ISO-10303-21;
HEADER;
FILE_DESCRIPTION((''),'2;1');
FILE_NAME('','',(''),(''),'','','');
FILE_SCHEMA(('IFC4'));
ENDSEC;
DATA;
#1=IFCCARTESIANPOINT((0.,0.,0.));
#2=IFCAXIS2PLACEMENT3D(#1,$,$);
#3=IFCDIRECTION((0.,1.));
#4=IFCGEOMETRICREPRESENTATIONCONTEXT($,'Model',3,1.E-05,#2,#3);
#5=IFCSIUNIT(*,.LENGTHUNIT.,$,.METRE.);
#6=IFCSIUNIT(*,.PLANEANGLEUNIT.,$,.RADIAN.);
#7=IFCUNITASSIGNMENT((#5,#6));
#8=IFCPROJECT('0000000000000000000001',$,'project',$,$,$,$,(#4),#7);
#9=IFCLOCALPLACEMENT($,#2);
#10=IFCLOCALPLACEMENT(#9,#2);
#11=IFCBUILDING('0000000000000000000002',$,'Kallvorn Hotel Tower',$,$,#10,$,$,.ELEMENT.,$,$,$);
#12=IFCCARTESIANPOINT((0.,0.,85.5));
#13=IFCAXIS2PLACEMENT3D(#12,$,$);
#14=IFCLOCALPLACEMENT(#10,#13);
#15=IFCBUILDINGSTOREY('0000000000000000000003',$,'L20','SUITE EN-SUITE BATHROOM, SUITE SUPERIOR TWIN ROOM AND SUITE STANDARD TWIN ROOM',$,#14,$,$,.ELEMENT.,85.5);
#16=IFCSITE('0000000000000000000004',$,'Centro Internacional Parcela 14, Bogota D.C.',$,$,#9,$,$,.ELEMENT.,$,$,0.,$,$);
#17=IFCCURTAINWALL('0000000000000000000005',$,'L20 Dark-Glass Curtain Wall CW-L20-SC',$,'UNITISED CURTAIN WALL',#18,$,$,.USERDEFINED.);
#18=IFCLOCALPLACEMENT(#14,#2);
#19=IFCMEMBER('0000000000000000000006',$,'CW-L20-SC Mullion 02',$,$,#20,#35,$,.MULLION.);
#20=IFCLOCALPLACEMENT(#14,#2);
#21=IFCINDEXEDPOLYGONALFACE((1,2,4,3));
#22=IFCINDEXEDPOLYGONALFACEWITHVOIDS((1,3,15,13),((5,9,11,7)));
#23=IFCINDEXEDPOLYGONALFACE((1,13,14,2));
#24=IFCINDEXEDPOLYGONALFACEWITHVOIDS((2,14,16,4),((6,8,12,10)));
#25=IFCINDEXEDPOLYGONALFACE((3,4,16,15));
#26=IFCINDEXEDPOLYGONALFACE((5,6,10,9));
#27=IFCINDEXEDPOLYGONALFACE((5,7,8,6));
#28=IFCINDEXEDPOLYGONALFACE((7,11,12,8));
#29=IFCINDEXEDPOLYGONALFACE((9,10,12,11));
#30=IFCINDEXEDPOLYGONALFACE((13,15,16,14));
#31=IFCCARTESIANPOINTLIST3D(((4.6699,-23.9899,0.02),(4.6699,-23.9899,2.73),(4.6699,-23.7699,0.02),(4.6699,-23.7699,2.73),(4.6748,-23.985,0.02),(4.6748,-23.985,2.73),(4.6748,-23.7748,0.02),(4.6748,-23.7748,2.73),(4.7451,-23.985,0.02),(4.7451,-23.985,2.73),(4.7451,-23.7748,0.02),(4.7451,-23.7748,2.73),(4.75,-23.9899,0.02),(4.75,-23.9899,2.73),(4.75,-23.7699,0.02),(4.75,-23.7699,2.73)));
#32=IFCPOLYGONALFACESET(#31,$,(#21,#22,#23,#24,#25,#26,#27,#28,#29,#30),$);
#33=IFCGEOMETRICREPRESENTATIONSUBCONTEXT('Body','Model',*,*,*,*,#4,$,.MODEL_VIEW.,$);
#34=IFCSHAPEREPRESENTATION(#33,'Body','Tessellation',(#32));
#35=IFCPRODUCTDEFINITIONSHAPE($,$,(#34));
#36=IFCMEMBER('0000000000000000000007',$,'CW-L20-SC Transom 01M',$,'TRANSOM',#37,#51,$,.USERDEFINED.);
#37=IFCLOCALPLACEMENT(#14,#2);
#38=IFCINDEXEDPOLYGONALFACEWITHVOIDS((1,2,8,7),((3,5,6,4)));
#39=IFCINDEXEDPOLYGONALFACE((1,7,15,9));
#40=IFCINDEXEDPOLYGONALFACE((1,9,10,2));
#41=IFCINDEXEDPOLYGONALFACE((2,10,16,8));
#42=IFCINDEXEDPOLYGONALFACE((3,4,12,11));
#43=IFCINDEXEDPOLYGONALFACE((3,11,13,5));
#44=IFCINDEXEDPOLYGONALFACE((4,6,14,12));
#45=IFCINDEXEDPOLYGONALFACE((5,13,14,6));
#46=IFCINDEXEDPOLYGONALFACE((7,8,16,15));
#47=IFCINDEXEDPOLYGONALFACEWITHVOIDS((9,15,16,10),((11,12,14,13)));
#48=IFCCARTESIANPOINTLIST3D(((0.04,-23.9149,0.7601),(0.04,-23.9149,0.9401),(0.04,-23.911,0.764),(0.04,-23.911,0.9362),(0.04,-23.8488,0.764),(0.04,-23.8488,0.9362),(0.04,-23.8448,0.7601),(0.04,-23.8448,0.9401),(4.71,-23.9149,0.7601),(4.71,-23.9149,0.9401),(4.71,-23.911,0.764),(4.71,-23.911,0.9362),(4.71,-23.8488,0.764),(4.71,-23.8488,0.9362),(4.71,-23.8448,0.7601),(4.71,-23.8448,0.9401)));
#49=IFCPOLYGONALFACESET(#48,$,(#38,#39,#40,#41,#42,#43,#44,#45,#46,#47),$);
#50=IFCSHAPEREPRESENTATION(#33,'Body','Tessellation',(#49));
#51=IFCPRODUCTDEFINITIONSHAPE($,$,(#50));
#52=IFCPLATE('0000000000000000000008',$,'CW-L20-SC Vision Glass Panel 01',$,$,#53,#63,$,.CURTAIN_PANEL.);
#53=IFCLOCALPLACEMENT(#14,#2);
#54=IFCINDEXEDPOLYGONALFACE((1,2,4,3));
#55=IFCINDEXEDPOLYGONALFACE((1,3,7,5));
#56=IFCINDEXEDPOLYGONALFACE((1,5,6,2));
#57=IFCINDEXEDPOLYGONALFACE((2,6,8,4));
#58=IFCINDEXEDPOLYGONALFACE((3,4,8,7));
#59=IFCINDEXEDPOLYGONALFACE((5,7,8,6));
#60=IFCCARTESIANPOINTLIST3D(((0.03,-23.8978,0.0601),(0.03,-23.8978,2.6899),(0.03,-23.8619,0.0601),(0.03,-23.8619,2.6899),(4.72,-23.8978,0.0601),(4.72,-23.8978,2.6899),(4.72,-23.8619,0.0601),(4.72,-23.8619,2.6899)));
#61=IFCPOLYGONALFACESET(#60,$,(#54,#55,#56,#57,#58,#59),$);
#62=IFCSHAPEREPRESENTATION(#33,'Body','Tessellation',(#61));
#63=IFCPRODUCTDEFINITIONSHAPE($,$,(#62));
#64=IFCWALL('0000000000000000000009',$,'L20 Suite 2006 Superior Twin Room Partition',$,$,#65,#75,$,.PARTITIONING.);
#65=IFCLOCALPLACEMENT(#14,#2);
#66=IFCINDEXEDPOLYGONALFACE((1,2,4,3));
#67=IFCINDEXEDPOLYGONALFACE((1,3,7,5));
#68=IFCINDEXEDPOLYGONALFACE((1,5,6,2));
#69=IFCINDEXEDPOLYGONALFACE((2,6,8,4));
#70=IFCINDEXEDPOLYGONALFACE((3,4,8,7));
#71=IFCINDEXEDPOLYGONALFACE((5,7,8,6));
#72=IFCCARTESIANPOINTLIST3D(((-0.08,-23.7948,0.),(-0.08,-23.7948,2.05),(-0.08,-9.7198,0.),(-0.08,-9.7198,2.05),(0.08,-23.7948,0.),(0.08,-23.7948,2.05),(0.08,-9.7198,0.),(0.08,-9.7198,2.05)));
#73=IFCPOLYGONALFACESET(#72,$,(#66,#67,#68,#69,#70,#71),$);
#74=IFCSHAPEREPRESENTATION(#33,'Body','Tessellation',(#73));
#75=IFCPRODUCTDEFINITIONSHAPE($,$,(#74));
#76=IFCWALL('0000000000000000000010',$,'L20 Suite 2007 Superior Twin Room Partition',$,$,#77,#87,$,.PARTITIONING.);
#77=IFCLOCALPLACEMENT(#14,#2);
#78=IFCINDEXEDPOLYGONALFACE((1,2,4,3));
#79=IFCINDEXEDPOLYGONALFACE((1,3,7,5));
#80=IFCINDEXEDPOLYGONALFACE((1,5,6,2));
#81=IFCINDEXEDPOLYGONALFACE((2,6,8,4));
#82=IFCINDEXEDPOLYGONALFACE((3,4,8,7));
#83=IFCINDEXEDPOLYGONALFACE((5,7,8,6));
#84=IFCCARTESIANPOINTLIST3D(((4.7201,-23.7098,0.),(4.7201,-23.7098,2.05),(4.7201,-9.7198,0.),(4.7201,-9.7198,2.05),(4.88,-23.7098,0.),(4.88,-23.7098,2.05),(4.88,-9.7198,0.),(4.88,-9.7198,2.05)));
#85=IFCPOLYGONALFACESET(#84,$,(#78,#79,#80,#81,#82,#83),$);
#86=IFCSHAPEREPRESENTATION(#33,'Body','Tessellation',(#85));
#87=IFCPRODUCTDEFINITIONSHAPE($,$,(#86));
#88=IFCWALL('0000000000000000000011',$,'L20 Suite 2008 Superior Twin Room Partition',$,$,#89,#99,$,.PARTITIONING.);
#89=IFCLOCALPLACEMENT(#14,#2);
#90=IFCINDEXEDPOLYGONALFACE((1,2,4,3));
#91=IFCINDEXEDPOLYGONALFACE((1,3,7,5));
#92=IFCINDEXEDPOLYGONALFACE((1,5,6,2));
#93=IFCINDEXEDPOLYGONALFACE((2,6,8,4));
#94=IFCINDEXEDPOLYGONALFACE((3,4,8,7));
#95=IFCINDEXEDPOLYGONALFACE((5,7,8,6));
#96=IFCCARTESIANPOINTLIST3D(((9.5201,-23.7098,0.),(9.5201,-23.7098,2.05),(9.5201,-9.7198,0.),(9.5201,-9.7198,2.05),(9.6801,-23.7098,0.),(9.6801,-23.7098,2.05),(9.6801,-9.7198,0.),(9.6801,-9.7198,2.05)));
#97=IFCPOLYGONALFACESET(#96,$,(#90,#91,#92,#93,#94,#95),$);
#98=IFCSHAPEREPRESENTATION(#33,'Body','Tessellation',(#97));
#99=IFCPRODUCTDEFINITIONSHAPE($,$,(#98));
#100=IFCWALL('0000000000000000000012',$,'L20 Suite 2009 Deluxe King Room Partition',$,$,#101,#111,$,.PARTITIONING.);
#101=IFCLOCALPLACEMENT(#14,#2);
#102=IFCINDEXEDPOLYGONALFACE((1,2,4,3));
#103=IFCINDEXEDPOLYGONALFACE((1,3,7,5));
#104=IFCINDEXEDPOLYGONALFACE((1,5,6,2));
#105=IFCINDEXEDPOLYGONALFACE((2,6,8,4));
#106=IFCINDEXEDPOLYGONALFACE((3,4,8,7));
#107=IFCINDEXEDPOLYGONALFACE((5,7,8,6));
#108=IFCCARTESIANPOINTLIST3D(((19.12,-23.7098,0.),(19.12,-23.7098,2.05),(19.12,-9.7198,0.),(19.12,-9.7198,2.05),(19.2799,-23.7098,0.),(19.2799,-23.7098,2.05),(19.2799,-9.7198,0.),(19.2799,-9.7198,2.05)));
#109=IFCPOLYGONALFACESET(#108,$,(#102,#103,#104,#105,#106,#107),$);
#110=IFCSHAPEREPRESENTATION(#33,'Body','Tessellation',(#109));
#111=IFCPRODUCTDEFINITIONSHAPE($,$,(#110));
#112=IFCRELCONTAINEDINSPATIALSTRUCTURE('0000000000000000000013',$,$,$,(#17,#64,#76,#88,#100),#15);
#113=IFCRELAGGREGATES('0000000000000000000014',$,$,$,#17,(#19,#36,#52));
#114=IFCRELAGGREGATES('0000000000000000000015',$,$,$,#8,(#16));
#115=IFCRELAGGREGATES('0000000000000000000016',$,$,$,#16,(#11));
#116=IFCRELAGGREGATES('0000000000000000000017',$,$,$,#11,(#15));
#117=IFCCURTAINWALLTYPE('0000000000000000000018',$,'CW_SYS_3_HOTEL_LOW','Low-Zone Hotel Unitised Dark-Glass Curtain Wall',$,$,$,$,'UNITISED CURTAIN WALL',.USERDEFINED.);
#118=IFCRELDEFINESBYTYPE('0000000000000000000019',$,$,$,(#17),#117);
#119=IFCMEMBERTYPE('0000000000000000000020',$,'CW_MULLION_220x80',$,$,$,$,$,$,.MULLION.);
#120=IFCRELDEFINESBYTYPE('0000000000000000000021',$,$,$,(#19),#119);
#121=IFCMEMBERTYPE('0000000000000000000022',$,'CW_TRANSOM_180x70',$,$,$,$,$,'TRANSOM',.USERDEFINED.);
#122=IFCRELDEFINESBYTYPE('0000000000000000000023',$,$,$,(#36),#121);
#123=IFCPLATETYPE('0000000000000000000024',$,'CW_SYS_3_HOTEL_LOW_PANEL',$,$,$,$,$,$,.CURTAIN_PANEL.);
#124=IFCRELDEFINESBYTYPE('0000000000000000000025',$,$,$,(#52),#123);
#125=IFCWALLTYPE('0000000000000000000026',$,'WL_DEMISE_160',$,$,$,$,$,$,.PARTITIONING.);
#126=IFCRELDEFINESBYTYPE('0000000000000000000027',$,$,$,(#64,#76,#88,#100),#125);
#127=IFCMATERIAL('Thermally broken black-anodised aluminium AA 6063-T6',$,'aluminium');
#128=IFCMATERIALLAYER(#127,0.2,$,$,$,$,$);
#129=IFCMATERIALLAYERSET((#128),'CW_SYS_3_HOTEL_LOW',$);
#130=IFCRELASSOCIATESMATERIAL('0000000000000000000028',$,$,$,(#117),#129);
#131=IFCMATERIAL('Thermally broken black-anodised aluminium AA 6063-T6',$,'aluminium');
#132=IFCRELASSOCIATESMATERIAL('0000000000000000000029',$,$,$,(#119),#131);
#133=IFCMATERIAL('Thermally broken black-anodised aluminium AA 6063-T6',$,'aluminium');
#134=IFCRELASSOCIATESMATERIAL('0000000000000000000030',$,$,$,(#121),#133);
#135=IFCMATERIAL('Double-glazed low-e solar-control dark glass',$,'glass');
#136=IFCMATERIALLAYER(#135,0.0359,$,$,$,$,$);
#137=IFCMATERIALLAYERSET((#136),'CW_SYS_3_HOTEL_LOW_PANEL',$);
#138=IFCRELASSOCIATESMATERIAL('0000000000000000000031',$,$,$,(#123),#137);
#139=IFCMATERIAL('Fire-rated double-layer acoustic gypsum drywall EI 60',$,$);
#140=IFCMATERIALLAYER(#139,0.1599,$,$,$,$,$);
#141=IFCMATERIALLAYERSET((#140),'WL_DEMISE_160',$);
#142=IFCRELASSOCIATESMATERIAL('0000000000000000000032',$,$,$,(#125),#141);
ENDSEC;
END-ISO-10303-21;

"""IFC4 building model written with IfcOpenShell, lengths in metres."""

from ifc_helpers import new_model, si_unit, direction, frame, frame_2d, origin, origin_2d, place, context, subcontext, project, spatial, rectangle, hollow_rectangle, extrude, material, layer, layer_set, material_profile, profile_set, type_object, element, aggregate, save


model = new_model("IFC4")

# Units and contexts
model_context = context("Model", 3, precision=1e-05, world=origin(), true_north=direction((0.0, 1.0)))
body_context = subcontext(model_context, "Body", "Model", "MODEL_VIEW")
ifc_project = project(units=[si_unit("LENGTHUNIT", "METRE"), si_unit("PLANEANGLEUNIT", "RADIAN")], contexts=[model_context])

# Site, building, storey
site_placement = place(None, origin())
site = spatial("IfcSite", under=ifc_project, at=site_placement, Name="Centro Internacional Parcela 14, Bogota D.C.", CompositionType="ELEMENT", RefElevation=0.0)
building_placement = place(site_placement, origin())
building = spatial("IfcBuilding", under=site, at=building_placement, Name="Kallvorn Hotel Tower", CompositionType="ELEMENT")
storey_placement = place(building_placement, frame((0.0, 0.0, 85.5)))
storey = spatial("IfcBuildingStorey", under=building, at=storey_placement, Name="L20", Description="SUITE EN-SUITE BATHROOM, SUITE SUPERIOR TWIN ROOM AND SUITE STANDARD TWIN ROOM", CompositionType="ELEMENT", Elevation=85.5)

# Curtain wall, members, plate
ifc_material_1 = material(Name="Thermally broken black-anodised aluminium AA 6063-T6", Category="aluminium")
ifc_layer_1 = layer(ifc_material_1, 0.2)
ifc_layer_set_1 = layer_set([ifc_layer_1], Name="CW_SYS_3_HOTEL_LOW")
curtain_wall_type = type_object("IfcCurtainWallType", Name="CW_SYS_3_HOTEL_LOW", Description="Low-Zone Hotel Unitised Dark-Glass Curtain Wall", ElementType="UNITISED CURTAIN WALL", PredefinedType="USERDEFINED", material=ifc_layer_set_1)
curtain_wall_placement = place(storey_placement, origin())
curtain_wall = element("IfcCurtainWall", 1, at=curtain_wall_placement, inside=storey, type_object=curtain_wall_type, Name="L20 Dark-Glass Curtain Wall CW-L20-SC", ObjectType="UNITISED CURTAIN WALL", PredefinedType="USERDEFINED")
ifc_material_2 = material(Name="Thermally broken black-anodised aluminium AA 6063-T6", Category="aluminium")
ifc_material_profile_1 = material_profile(ifc_material_2, hollow_rectangle(XDim=0.0801, YDim=0.22, WallThickness=0.0049, at=origin_2d()), Name="MUL 220x80")
ifc_profile_set_1 = profile_set([ifc_material_profile_1], Name="Thermally broken black-anodised aluminium AA 6063-T6")
member_type_1 = type_object("IfcMemberType", Name="CW_MULLION_220x80", PredefinedType="MULLION", material=ifc_profile_set_1)
member_1_placement = place(storey_placement, frame((4.71, -23.8799, 0.02), z_axis=(0.0, 0.0, 1.0), x_axis=(1.0, 0.0, 0.0)))
member_1 = element("IfcMember", 2, at=member_1_placement, type_object=member_type_1, Name="CW-L20-SC Mullion 02", PredefinedType="MULLION", context=body_context, shape_type="SweptSolid", body=[
    extrude(hollow_rectangle(XDim=0.0801, YDim=0.22, WallThickness=0.0049, at=origin_2d()), origin(), (0.0, 0.0, 1.0), 2.71),
])
ifc_material_3 = material(Name="Thermally broken black-anodised aluminium AA 6063-T6", Category="aluminium")
ifc_material_profile_2 = material_profile(ifc_material_3, hollow_rectangle(XDim=0.0701, YDim=0.1799, WallThickness=0.0039, at=origin_2d()), Name="TRN 180x70")
ifc_profile_set_2 = profile_set([ifc_material_profile_2], Name="Thermally broken black-anodised aluminium AA 6063-T6")
member_type_2 = type_object("IfcMemberType", Name="CW_TRANSOM_180x70", ElementType="TRANSOM", PredefinedType="USERDEFINED", material=ifc_profile_set_2)
member_2_placement = place(storey_placement, frame((0.04, -23.8799, 0.8501), z_axis=(1.0, 0.0, 0.0), x_axis=(0.0, 1.0, 0.0)))
member_2 = element("IfcMember", 3, at=member_2_placement, type_object=member_type_2, Name="CW-L20-SC Transom 01M", ObjectType="TRANSOM", PredefinedType="USERDEFINED", context=body_context, shape_type="SweptSolid", body=[
    extrude(hollow_rectangle(XDim=0.0701, YDim=0.1799, WallThickness=0.0039, at=origin_2d()), origin(), (0.0, 0.0, 1.0), 4.6699),
])
ifc_material_4 = material(Name="Double-glazed low-e solar-control dark glass", Category="glass")
ifc_layer_2 = layer(ifc_material_4, 0.0359)
ifc_layer_set_2 = layer_set([ifc_layer_2], Name="CW_SYS_3_HOTEL_LOW_PANEL")
plate_type = type_object("IfcPlateType", Name="CW_SYS_3_HOTEL_LOW_PANEL", PredefinedType="CURTAIN_PANEL", material=ifc_layer_set_2)
plate_placement = place(storey_placement, frame((2.375, -23.8799, 0.0601), z_axis=(0.0, 0.0, 1.0), x_axis=(1.0, 0.0, 0.0)))
plate = element("IfcPlate", 4, at=plate_placement, type_object=plate_type, Name="CW-L20-SC Vision Glass Panel 01", PredefinedType="CURTAIN_PANEL", context=body_context, shape_type="SweptSolid", body=[
    extrude(rectangle(XDim=4.6899, YDim=0.0359, at=origin_2d()), origin(), (0.0, 0.0, 1.0), 2.6299),
])
aggregate(curtain_wall, [member_1, member_2, plate])

# Walls
ifc_material_5 = material(Name="Fire-rated double-layer acoustic gypsum drywall EI 60")
ifc_layer_3 = layer(ifc_material_5, 0.1599)
ifc_layer_set_3 = layer_set([ifc_layer_3], Name="WL_DEMISE_160")
wall_type_1 = type_object("IfcWallType", Name="WL_DEMISE_160", PredefinedType="PARTITIONING", material=ifc_layer_set_3)
wall_1_placement = place(storey_placement, frame((0.0, -23.7949, 0.0), z_axis=(0.0, 0.0, 1.0), x_axis=(0.0, 1.0, 0.0)))
element("IfcWall", 5, at=wall_1_placement, inside=storey, type_object=wall_type_1, Name="L20 Suite 2006 Superior Twin Room Partition", PredefinedType="PARTITIONING", context=body_context, shape_type="SweptSolid", body=[
    extrude(rectangle(XDim=14.075, YDim=0.1599, at=frame_2d((7.0376, 0.0))), origin(), (0.0, 0.0, 1.0), 2.05),
])
for number, where, z_axis, x_axis, name in (
    (6, (4.8, -23.71, 0.0), (0.0, 0.0, 1.0), (0.0, 1.0, 0.0), "L20 Suite 2007 Superior Twin Room Partition"),
    (7, (9.6001, -23.71, 0.0), (0.0, 0.0, 1.0), (0.0, 1.0, 0.0), "L20 Suite 2008 Superior Twin Room Partition"),
    (8, (19.2, -23.71, 0.0), (0.0, 0.0, 1.0), (0.0, 1.0, 0.0), "L20 Suite 2009 Deluxe King Room Partition"),
):
    element("IfcWall", number, at=place(storey_placement, frame(where, z_axis=z_axis, x_axis=x_axis)), inside=storey, type_object=wall_type_1, Name=name, PredefinedType="PARTITIONING", context=body_context, shape_type="SweptSolid", body=[
        extrude(rectangle(XDim=13.99, YDim=0.1599, at=frame_2d((6.9951, 0.0))), origin(), (0.0, 0.0, 1.0), 2.05),
    ])

save(model, "model.ifc")
